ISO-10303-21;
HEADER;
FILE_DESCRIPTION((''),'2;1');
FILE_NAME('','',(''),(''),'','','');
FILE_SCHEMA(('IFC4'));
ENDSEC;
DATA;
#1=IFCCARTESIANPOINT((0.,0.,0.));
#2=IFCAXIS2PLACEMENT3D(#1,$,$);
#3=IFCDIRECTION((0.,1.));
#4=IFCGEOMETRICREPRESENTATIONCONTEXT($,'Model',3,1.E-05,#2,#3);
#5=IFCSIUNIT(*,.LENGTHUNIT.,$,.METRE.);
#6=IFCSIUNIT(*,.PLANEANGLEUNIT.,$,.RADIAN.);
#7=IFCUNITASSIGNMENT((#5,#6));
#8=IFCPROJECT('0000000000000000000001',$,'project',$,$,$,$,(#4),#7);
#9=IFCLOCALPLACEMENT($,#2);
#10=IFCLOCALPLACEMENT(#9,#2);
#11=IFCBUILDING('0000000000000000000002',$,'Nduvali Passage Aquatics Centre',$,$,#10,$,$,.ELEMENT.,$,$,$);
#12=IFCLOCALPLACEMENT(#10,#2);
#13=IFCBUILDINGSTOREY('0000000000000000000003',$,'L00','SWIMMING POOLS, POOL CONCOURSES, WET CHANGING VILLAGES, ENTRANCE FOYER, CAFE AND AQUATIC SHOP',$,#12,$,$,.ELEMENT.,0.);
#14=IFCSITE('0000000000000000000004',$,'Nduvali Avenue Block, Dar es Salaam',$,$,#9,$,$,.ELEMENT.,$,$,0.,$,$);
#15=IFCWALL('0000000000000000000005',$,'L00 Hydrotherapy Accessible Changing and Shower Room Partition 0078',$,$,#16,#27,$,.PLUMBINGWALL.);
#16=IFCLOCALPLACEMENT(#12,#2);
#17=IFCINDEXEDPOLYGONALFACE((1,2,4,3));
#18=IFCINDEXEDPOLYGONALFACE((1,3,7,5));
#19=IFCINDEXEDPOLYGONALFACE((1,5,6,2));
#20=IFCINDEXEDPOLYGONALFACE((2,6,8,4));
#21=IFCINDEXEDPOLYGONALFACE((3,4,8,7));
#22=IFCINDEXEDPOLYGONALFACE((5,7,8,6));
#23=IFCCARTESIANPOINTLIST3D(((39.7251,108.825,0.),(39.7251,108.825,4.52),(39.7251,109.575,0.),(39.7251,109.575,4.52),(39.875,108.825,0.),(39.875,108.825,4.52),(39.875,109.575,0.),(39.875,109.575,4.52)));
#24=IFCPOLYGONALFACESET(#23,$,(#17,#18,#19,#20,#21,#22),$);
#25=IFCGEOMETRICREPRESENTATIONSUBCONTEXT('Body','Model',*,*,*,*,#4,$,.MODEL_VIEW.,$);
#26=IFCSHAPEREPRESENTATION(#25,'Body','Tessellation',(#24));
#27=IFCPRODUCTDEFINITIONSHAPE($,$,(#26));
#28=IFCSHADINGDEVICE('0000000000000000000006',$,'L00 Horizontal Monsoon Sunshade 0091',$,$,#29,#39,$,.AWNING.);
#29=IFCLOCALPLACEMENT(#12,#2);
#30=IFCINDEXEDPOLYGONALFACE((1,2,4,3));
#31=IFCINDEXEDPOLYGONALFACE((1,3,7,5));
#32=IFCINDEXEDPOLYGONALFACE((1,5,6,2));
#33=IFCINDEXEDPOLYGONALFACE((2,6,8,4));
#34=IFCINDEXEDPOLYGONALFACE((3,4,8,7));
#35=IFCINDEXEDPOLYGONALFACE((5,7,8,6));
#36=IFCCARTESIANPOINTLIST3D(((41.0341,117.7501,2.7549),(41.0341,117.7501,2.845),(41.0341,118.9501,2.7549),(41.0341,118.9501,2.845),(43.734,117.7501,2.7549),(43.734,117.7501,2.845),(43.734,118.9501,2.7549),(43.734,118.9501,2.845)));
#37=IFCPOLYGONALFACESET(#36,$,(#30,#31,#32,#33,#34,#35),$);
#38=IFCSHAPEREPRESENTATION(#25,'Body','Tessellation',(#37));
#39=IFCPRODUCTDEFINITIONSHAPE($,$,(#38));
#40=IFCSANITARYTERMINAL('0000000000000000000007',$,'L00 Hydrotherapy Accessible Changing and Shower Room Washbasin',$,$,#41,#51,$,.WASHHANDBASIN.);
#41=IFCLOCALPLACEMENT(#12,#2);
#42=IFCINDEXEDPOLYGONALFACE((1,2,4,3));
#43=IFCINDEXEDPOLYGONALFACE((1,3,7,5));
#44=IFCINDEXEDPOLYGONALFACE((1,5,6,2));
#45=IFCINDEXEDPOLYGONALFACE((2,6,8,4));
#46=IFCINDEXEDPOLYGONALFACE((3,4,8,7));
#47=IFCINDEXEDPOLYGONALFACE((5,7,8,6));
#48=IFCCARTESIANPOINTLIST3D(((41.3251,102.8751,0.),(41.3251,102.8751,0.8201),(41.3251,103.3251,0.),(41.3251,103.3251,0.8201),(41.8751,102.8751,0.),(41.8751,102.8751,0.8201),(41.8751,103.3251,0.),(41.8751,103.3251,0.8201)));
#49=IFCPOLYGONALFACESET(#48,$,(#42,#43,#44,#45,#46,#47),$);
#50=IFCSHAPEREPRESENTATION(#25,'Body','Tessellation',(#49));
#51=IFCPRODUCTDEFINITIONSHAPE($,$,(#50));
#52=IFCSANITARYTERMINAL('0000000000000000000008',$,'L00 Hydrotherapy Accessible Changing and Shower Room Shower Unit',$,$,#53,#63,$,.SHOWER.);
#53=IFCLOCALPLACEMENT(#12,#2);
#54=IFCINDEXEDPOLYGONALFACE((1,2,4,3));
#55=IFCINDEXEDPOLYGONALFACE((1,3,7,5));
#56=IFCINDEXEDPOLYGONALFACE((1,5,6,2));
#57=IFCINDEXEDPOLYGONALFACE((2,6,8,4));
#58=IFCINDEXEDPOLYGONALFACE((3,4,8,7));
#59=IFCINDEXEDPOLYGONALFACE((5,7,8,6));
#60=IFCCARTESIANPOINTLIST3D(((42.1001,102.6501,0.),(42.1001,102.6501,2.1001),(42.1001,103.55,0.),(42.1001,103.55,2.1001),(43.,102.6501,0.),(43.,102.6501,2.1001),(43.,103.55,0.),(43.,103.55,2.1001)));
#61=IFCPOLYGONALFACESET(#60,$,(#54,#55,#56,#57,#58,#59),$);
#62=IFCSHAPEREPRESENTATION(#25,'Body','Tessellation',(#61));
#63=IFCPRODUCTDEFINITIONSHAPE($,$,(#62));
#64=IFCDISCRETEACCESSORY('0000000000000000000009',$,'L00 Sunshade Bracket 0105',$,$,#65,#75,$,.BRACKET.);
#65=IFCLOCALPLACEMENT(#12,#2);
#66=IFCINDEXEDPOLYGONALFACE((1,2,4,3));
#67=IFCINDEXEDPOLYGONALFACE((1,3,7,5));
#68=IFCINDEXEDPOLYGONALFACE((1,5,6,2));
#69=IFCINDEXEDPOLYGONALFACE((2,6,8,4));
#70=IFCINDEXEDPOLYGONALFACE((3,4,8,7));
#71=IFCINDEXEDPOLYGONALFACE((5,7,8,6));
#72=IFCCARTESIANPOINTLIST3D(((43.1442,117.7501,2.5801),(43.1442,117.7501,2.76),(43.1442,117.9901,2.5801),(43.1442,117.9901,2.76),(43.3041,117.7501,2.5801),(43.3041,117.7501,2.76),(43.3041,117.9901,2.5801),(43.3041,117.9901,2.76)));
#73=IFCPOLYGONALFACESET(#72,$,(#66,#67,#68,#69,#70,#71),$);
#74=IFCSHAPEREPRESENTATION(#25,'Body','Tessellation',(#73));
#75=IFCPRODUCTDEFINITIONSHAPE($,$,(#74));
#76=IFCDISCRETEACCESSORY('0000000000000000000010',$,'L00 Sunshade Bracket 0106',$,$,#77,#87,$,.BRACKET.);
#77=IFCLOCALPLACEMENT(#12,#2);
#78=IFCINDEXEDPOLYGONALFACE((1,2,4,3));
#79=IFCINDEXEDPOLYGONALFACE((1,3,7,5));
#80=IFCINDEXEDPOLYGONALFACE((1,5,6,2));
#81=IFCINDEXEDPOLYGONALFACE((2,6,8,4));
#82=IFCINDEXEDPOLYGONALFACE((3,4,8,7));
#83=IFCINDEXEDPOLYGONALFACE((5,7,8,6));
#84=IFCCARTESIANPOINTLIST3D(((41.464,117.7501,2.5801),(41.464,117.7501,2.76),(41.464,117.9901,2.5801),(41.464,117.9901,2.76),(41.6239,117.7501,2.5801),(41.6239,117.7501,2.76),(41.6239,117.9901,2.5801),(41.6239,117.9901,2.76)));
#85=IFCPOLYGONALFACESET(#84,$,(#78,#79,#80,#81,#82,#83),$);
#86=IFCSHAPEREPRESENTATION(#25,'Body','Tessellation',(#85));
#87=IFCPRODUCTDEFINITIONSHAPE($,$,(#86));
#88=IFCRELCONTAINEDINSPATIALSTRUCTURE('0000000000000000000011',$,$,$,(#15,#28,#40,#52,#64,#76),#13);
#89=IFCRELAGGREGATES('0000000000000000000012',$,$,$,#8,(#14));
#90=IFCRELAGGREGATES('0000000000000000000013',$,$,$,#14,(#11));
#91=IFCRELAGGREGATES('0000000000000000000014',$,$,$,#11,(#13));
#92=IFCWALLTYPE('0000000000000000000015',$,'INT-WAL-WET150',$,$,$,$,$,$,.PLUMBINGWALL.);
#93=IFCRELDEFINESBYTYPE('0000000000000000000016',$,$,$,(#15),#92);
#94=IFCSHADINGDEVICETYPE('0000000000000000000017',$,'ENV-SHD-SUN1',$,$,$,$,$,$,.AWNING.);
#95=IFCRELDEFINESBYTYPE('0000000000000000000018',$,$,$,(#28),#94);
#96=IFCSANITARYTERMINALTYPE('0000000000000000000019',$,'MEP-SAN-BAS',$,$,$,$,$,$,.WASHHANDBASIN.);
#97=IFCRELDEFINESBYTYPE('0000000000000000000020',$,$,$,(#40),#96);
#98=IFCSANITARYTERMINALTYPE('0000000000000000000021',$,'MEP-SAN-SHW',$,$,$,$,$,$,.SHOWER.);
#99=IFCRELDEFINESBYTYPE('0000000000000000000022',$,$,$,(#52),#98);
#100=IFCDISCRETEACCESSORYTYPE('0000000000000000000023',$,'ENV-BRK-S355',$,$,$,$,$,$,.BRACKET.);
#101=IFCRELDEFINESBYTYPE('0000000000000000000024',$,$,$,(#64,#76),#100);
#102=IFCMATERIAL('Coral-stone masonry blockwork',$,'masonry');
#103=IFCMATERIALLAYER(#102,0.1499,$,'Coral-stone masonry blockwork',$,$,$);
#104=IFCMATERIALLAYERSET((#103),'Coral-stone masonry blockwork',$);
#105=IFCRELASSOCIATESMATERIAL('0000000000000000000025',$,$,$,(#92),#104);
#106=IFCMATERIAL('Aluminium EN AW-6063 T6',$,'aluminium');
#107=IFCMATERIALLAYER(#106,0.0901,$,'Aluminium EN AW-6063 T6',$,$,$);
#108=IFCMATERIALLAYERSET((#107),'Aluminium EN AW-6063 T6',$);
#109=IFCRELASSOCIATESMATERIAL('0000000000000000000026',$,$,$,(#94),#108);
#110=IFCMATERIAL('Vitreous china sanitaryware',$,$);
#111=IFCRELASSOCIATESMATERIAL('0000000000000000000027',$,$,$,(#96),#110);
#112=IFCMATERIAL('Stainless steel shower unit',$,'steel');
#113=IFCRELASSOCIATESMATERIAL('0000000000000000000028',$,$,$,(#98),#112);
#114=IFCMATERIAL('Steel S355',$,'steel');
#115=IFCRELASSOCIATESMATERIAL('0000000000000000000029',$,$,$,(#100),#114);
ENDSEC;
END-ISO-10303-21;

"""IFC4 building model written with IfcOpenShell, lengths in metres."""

from ifc_helpers import new_model, si_unit, direction, frame, frame_2d, origin, origin_2d, place, context, subcontext, project, spatial, rectangle, extrude, material, layer, layer_set, type_object, element, save


model = new_model("IFC4")

# Units and contexts
model_context = context("Model", 3, precision=1e-05, world=origin(), true_north=direction((0.0, 1.0)))
body_context = subcontext(model_context, "Body", "Model", "MODEL_VIEW")
ifc_project = project(units=[si_unit("LENGTHUNIT", "METRE"), si_unit("PLANEANGLEUNIT", "RADIAN")], contexts=[model_context])

# Site, building, storey
site_placement = place(None, origin())
site = spatial("IfcSite", under=ifc_project, at=site_placement, Name="Nduvali Avenue Block, Dar es Salaam", CompositionType="ELEMENT", RefElevation=0.0)
building_placement = place(site_placement, origin())
building = spatial("IfcBuilding", under=site, at=building_placement, Name="Nduvali Passage Aquatics Centre", CompositionType="ELEMENT")
storey_placement = place(building_placement, origin())
storey = spatial("IfcBuildingStorey", under=building, at=storey_placement, Name="L00", Description="SWIMMING POOLS, POOL CONCOURSES, WET CHANGING VILLAGES, ENTRANCE FOYER, CAFE AND AQUATIC SHOP", CompositionType="ELEMENT", Elevation=0.0)

# Shared definitions
ifc_material_1 = material(Name="Steel S355", Category="steel")

# Shared definitions
ifc_material_2 = material(Name="Coral-stone masonry blockwork", Category="masonry")

# Wall
ifc_layer_1 = layer(ifc_material_2, 0.1499, Name="Coral-stone masonry blockwork")
ifc_layer_set_1 = layer_set([ifc_layer_1], Name="Coral-stone masonry blockwork")
wall_type_1 = type_object("IfcWallType", Name="INT-WAL-WET150", PredefinedType="PLUMBINGWALL", material=ifc_layer_set_1)
wall_1_placement = place(storey_placement, frame((39.8, 108.825, 0.0), z_axis=(0.0, 0.0, 1.0), x_axis=(0.0, 1.0, 0.0)))
element("IfcWall", 1, at=wall_1_placement, inside=storey, type_object=wall_type_1, Name="L00 Hydrotherapy Accessible Changing and Shower Room Partition 0078", PredefinedType="PLUMBINGWALL", context=body_context, shape_type="SweptSolid", body=[
    extrude(rectangle(XDim=0.75, YDim=0.1499, at=frame_2d((0.375, 0.0))), origin(), (0.0, 0.0, 1.0), 4.52),
])

# Shading device
ifc_material_3 = material(Name="Aluminium EN AW-6063 T6", Category="aluminium")
ifc_layer_2 = layer(ifc_material_3, 0.0901, Name="Aluminium EN AW-6063 T6")
ifc_layer_set_2 = layer_set([ifc_layer_2], Name="Aluminium EN AW-6063 T6")
shading_device_type = type_object("IfcShadingDeviceType", Name="ENV-SHD-SUN1", PredefinedType="AWNING", material=ifc_layer_set_2)
shading_device_placement = place(storey_placement, frame((42.384, 118.3501, 2.7549), z_axis=(0.0, 0.0, 1.0), x_axis=(-1.0, 0.0, 0.0)))
element("IfcShadingDevice", 2, at=shading_device_placement, inside=storey, type_object=shading_device_type, Name="L00 Horizontal Monsoon Sunshade 0091", PredefinedType="AWNING", context=body_context, shape_type="SweptSolid", body=[
    extrude(rectangle(XDim=2.7, YDim=1.2, at=origin_2d()), origin(), (0.0, 0.0, 1.0), 0.0901),
])

# Sanitary terminals
ifc_material_4 = material(Name="Vitreous china sanitaryware")
sanitary_terminal_type_1 = type_object("IfcSanitaryTerminalType", Name="MEP-SAN-BAS", PredefinedType="WASHHANDBASIN", material=ifc_material_4)
sanitary_terminal_1_placement = place(storey_placement, frame((41.6001, 103.1001, 0.0), z_axis=(0.0, 0.0, 1.0), x_axis=(1.0, 0.0, 0.0)))
element("IfcSanitaryTerminal", 3, at=sanitary_terminal_1_placement, inside=storey, type_object=sanitary_terminal_type_1, Name="L00 Hydrotherapy Accessible Changing and Shower Room Washbasin", PredefinedType="WASHHANDBASIN", context=body_context, shape_type="SweptSolid", body=[
    extrude(rectangle(XDim=0.55, YDim=0.45, at=origin_2d()), origin(), (0.0, 0.0, 1.0), 0.8201),
])
ifc_material_5 = material(Name="Stainless steel shower unit", Category="steel")
sanitary_terminal_type_2 = type_object("IfcSanitaryTerminalType", Name="MEP-SAN-SHW", PredefinedType="SHOWER", material=ifc_material_5)
sanitary_terminal_2_placement = place(storey_placement, frame((42.55, 103.1001, 0.0), z_axis=(0.0, 0.0, 1.0), x_axis=(1.0, 0.0, 0.0)))
element("IfcSanitaryTerminal", 4, at=sanitary_terminal_2_placement, inside=storey, type_object=sanitary_terminal_type_2, Name="L00 Hydrotherapy Accessible Changing and Shower Room Shower Unit", PredefinedType="SHOWER", context=body_context, shape_type="SweptSolid", body=[
    extrude(rectangle(XDim=0.8999, YDim=0.8999, at=origin_2d()), origin(), (0.0, 0.0, 1.0), 2.1001),
])

# Discrete accessories
discrete_accessory_type = type_object("IfcDiscreteAccessoryType", Name="ENV-BRK-S355", PredefinedType="BRACKET", material=ifc_material_1)
for number, where, z_axis, x_axis, name in (
    (5, (43.2241, 117.8701, 2.5801), (0.0, 0.0, 1.0), (-1.0, 0.0, 0.0), "L00 Sunshade Bracket 0105"),
    (6, (41.5439, 117.8701, 2.5801), (0.0, 0.0, 1.0), (-1.0, 0.0, 0.0), "L00 Sunshade Bracket 0106"),
):
    element("IfcDiscreteAccessory", number, at=place(storey_placement, frame(where, z_axis=z_axis, x_axis=x_axis)), inside=storey, type_object=discrete_accessory_type, Name=name, PredefinedType="BRACKET", context=body_context, shape_type="SweptSolid", body=[
        extrude(rectangle(XDim=0.1599, YDim=0.24, at=origin_2d()), origin(), (0.0, 0.0, 1.0), 0.1799),
    ])

save(model, "model.ifc")
